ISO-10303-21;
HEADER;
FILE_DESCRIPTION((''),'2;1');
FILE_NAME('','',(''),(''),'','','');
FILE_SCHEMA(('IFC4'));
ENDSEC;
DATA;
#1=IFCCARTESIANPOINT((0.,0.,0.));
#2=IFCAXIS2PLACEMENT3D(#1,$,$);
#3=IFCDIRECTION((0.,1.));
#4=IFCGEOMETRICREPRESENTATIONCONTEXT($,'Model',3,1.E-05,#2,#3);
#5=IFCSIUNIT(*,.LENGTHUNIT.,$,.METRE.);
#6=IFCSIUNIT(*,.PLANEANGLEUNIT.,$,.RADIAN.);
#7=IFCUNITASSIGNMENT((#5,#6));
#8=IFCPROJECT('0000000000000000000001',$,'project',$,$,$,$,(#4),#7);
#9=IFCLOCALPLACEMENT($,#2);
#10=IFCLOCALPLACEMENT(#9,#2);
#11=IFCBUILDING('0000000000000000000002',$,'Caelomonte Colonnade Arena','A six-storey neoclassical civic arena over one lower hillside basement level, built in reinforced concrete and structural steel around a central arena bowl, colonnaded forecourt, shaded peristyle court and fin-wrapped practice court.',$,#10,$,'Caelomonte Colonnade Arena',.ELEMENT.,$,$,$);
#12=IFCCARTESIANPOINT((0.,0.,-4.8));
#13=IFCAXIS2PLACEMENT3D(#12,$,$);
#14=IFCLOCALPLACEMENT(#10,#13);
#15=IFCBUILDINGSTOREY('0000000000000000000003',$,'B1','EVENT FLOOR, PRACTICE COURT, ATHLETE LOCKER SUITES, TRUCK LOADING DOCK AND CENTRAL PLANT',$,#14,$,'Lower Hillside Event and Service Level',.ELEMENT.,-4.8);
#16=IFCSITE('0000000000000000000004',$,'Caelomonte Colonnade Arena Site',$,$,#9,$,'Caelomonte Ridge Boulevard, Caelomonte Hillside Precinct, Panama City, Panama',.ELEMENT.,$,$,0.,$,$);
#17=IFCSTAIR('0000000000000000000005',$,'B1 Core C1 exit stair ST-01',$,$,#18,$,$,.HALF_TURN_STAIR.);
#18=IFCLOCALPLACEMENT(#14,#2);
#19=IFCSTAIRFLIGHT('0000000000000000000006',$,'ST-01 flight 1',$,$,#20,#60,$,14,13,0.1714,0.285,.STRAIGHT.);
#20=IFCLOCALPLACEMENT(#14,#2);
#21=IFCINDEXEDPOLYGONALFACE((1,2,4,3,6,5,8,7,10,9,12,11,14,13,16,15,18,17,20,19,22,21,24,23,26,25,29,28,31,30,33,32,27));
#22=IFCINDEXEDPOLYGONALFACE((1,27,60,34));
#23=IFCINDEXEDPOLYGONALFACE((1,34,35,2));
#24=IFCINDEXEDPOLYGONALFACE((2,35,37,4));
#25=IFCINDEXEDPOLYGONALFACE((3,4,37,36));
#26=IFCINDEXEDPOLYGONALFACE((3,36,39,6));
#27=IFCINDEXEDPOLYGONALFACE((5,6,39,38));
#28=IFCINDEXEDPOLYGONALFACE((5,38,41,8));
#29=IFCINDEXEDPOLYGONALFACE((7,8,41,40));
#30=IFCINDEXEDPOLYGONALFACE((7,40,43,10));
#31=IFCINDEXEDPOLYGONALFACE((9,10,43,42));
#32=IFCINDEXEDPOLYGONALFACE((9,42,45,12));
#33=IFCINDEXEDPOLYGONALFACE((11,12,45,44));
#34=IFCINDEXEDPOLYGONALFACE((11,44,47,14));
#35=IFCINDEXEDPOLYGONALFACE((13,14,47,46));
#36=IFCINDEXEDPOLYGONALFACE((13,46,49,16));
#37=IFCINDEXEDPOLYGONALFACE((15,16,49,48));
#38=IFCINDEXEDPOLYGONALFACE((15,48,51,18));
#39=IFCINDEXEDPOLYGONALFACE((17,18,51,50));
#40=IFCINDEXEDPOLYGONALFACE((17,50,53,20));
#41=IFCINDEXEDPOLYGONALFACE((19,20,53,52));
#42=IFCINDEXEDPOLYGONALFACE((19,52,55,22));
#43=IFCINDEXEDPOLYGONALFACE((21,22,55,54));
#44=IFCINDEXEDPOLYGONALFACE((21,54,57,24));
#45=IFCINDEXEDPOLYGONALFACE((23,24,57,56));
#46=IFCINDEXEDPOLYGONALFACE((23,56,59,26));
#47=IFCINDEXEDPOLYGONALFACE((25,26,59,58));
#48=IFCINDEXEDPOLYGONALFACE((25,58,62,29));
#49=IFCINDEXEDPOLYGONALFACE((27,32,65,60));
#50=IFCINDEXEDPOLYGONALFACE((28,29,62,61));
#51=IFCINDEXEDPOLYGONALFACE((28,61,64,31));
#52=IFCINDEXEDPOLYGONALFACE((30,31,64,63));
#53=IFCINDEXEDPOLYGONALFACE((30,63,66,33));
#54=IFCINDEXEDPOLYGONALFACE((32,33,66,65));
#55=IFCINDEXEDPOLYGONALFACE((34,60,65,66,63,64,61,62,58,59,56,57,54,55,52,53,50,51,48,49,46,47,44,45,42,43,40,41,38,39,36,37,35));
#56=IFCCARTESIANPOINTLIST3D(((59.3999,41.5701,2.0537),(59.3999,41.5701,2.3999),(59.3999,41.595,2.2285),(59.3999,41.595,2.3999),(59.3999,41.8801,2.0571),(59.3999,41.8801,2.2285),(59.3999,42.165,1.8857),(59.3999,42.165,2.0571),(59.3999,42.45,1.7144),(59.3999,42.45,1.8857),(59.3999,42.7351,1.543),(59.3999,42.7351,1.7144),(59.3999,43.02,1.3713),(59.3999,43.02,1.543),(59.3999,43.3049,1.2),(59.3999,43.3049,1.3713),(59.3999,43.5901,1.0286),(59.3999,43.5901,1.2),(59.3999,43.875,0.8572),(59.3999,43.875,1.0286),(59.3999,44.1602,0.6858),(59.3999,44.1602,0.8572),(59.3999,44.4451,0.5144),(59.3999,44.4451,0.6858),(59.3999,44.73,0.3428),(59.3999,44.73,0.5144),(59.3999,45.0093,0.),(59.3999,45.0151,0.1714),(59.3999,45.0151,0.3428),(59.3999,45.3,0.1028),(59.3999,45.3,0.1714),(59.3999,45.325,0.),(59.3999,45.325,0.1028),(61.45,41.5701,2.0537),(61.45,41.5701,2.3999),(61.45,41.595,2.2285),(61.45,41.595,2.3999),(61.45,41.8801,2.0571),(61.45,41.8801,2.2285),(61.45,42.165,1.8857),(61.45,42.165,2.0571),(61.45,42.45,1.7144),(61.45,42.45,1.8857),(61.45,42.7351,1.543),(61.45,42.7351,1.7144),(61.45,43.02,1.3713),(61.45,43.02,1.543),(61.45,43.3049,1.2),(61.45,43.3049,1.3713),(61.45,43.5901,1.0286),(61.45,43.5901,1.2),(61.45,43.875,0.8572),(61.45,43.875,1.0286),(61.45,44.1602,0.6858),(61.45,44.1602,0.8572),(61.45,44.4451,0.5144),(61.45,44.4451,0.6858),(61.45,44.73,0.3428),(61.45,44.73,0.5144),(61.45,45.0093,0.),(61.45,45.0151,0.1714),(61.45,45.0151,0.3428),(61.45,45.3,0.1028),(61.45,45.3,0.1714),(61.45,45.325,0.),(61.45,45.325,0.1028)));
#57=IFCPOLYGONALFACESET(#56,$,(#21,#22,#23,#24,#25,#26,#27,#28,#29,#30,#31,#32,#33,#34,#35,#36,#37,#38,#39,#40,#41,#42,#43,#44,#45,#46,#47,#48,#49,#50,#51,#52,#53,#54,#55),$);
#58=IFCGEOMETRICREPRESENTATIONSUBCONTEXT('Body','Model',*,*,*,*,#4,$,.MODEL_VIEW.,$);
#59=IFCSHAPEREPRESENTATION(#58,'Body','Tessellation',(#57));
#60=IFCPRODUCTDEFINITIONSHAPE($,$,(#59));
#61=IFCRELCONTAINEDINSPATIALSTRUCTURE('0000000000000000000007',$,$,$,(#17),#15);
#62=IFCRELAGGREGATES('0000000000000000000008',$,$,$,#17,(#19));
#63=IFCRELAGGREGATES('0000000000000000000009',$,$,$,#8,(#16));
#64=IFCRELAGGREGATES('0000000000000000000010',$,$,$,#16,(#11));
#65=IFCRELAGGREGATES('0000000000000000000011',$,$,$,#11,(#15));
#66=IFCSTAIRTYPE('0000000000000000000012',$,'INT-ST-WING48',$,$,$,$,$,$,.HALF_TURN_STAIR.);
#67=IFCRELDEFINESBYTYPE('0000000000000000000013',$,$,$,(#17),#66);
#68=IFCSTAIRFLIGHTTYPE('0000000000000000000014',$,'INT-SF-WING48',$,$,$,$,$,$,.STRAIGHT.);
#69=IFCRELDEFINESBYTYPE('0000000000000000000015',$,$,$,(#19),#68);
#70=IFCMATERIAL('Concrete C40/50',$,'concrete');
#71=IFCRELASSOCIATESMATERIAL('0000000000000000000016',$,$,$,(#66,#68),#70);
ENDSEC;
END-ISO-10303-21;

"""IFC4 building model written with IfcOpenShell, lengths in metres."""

from ifc_helpers import new_model, si_unit, direction, frame, origin, place, context, subcontext, project, spatial, polyline, outline, extrude, material, type_object, element, aggregate, save


model = new_model("IFC4")

# Units and contexts
model_context = context("Model", 3, precision=1e-05, world=origin(), true_north=direction((0.0, 1.0)))
body_context = subcontext(model_context, "Body", "Model", "MODEL_VIEW")
ifc_project = project(units=[si_unit("LENGTHUNIT", "METRE"), si_unit("PLANEANGLEUNIT", "RADIAN")], contexts=[model_context])

# Site, building, storey
site_placement = place(None, origin())
site = spatial("IfcSite", under=ifc_project, at=site_placement, Name="Caelomonte Colonnade Arena Site", LongName="Caelomonte Ridge Boulevard, Caelomonte Hillside Precinct, Panama City, Panama", CompositionType="ELEMENT", RefElevation=0.0)
building_placement = place(site_placement, origin())
building = spatial("IfcBuilding", under=site, at=building_placement, Name="Caelomonte Colonnade Arena", Description="A six-storey neoclassical civic arena over one lower hillside basement level, built in reinforced concrete and structural steel around a central arena bowl, colonnaded forecourt, shaded peristyle court and fin-wrapped practice court.", LongName="Caelomonte Colonnade Arena", CompositionType="ELEMENT")
storey_placement = place(building_placement, frame((0.0, 0.0, -4.8)))
storey = spatial("IfcBuildingStorey", under=building, at=storey_placement, Name="B1", Description="EVENT FLOOR, PRACTICE COURT, ATHLETE LOCKER SUITES, TRUCK LOADING DOCK AND CENTRAL PLANT", LongName="Lower Hillside Event and Service Level", CompositionType="ELEMENT", Elevation=-4.8)

# Shared definitions
ifc_material_1 = material(Name="Concrete C40/50", Category="concrete")

# Stair, stair flight
stair_type = type_object("IfcStairType", Name="INT-ST-WING48", PredefinedType="HALF_TURN_STAIR", material=ifc_material_1)
stair_placement = place(storey_placement, origin())
stair = element("IfcStair", 1, at=stair_placement, inside=storey, type_object=stair_type, Name="B1 Core C1 exit stair ST-01", PredefinedType="HALF_TURN_STAIR")
stair_flight_type = type_object("IfcStairFlightType", Name="INT-SF-WING48", PredefinedType="STRAIGHT", material=ifc_material_1)
stair_flight_placement = place(storey_placement, frame((60.425, 45.3, 0.0), z_axis=(0.0, 0.0, 1.0), x_axis=(0.0, -1.0, 0.0)))
stair_flight = element("IfcStairFlight", 2, at=stair_flight_placement, type_object=stair_flight_type, Name="ST-01 flight 1", NumberOfRisers=14, NumberOfTreads=13, PredefinedType="STRAIGHT", RiserHeight=0.1714, TreadLength=0.285, context=body_context, shape_type="SweptSolid", body=[
    extrude(outline(polyline([(-0.0249, 0.0), (-0.0249, 0.1028), (0.0, 0.1028), (0.0, 0.1714), (0.2849, 0.1714), (0.2849, 0.3428), (0.5701, 0.3428), (0.5701, 0.5144), (0.855, 0.5144), (0.855, 0.6858), (1.1399, 0.6858), (1.1399, 0.8572), (1.425, 0.8572), (1.425, 1.0286), (1.71, 1.0286), (1.71, 1.2), (1.9951, 1.2), (1.9951, 1.3713), (2.28, 1.3713), (2.28, 1.543), (2.5649, 1.543), (2.5649, 1.7144), (2.8501, 1.7144), (2.8501, 1.8857), (3.135, 1.8857), (3.135, 2.0571), (3.4199, 2.0571), (3.4199, 2.2285), (3.7051, 2.2285), (3.7051, 2.3999), (3.73, 2.3999), (3.73, 2.0537), (0.2908, 0.0), (-0.0249, 0.0)])), frame((0.0, 1.0249, 0.0), z_axis=(0.0, -1.0, 0.0), x_axis=(1.0, 0.0, 0.0)), (0.0, 0.0, 1.0), 2.05),
])
aggregate(stair, [stair_flight])

save(model, "model.ifc")
